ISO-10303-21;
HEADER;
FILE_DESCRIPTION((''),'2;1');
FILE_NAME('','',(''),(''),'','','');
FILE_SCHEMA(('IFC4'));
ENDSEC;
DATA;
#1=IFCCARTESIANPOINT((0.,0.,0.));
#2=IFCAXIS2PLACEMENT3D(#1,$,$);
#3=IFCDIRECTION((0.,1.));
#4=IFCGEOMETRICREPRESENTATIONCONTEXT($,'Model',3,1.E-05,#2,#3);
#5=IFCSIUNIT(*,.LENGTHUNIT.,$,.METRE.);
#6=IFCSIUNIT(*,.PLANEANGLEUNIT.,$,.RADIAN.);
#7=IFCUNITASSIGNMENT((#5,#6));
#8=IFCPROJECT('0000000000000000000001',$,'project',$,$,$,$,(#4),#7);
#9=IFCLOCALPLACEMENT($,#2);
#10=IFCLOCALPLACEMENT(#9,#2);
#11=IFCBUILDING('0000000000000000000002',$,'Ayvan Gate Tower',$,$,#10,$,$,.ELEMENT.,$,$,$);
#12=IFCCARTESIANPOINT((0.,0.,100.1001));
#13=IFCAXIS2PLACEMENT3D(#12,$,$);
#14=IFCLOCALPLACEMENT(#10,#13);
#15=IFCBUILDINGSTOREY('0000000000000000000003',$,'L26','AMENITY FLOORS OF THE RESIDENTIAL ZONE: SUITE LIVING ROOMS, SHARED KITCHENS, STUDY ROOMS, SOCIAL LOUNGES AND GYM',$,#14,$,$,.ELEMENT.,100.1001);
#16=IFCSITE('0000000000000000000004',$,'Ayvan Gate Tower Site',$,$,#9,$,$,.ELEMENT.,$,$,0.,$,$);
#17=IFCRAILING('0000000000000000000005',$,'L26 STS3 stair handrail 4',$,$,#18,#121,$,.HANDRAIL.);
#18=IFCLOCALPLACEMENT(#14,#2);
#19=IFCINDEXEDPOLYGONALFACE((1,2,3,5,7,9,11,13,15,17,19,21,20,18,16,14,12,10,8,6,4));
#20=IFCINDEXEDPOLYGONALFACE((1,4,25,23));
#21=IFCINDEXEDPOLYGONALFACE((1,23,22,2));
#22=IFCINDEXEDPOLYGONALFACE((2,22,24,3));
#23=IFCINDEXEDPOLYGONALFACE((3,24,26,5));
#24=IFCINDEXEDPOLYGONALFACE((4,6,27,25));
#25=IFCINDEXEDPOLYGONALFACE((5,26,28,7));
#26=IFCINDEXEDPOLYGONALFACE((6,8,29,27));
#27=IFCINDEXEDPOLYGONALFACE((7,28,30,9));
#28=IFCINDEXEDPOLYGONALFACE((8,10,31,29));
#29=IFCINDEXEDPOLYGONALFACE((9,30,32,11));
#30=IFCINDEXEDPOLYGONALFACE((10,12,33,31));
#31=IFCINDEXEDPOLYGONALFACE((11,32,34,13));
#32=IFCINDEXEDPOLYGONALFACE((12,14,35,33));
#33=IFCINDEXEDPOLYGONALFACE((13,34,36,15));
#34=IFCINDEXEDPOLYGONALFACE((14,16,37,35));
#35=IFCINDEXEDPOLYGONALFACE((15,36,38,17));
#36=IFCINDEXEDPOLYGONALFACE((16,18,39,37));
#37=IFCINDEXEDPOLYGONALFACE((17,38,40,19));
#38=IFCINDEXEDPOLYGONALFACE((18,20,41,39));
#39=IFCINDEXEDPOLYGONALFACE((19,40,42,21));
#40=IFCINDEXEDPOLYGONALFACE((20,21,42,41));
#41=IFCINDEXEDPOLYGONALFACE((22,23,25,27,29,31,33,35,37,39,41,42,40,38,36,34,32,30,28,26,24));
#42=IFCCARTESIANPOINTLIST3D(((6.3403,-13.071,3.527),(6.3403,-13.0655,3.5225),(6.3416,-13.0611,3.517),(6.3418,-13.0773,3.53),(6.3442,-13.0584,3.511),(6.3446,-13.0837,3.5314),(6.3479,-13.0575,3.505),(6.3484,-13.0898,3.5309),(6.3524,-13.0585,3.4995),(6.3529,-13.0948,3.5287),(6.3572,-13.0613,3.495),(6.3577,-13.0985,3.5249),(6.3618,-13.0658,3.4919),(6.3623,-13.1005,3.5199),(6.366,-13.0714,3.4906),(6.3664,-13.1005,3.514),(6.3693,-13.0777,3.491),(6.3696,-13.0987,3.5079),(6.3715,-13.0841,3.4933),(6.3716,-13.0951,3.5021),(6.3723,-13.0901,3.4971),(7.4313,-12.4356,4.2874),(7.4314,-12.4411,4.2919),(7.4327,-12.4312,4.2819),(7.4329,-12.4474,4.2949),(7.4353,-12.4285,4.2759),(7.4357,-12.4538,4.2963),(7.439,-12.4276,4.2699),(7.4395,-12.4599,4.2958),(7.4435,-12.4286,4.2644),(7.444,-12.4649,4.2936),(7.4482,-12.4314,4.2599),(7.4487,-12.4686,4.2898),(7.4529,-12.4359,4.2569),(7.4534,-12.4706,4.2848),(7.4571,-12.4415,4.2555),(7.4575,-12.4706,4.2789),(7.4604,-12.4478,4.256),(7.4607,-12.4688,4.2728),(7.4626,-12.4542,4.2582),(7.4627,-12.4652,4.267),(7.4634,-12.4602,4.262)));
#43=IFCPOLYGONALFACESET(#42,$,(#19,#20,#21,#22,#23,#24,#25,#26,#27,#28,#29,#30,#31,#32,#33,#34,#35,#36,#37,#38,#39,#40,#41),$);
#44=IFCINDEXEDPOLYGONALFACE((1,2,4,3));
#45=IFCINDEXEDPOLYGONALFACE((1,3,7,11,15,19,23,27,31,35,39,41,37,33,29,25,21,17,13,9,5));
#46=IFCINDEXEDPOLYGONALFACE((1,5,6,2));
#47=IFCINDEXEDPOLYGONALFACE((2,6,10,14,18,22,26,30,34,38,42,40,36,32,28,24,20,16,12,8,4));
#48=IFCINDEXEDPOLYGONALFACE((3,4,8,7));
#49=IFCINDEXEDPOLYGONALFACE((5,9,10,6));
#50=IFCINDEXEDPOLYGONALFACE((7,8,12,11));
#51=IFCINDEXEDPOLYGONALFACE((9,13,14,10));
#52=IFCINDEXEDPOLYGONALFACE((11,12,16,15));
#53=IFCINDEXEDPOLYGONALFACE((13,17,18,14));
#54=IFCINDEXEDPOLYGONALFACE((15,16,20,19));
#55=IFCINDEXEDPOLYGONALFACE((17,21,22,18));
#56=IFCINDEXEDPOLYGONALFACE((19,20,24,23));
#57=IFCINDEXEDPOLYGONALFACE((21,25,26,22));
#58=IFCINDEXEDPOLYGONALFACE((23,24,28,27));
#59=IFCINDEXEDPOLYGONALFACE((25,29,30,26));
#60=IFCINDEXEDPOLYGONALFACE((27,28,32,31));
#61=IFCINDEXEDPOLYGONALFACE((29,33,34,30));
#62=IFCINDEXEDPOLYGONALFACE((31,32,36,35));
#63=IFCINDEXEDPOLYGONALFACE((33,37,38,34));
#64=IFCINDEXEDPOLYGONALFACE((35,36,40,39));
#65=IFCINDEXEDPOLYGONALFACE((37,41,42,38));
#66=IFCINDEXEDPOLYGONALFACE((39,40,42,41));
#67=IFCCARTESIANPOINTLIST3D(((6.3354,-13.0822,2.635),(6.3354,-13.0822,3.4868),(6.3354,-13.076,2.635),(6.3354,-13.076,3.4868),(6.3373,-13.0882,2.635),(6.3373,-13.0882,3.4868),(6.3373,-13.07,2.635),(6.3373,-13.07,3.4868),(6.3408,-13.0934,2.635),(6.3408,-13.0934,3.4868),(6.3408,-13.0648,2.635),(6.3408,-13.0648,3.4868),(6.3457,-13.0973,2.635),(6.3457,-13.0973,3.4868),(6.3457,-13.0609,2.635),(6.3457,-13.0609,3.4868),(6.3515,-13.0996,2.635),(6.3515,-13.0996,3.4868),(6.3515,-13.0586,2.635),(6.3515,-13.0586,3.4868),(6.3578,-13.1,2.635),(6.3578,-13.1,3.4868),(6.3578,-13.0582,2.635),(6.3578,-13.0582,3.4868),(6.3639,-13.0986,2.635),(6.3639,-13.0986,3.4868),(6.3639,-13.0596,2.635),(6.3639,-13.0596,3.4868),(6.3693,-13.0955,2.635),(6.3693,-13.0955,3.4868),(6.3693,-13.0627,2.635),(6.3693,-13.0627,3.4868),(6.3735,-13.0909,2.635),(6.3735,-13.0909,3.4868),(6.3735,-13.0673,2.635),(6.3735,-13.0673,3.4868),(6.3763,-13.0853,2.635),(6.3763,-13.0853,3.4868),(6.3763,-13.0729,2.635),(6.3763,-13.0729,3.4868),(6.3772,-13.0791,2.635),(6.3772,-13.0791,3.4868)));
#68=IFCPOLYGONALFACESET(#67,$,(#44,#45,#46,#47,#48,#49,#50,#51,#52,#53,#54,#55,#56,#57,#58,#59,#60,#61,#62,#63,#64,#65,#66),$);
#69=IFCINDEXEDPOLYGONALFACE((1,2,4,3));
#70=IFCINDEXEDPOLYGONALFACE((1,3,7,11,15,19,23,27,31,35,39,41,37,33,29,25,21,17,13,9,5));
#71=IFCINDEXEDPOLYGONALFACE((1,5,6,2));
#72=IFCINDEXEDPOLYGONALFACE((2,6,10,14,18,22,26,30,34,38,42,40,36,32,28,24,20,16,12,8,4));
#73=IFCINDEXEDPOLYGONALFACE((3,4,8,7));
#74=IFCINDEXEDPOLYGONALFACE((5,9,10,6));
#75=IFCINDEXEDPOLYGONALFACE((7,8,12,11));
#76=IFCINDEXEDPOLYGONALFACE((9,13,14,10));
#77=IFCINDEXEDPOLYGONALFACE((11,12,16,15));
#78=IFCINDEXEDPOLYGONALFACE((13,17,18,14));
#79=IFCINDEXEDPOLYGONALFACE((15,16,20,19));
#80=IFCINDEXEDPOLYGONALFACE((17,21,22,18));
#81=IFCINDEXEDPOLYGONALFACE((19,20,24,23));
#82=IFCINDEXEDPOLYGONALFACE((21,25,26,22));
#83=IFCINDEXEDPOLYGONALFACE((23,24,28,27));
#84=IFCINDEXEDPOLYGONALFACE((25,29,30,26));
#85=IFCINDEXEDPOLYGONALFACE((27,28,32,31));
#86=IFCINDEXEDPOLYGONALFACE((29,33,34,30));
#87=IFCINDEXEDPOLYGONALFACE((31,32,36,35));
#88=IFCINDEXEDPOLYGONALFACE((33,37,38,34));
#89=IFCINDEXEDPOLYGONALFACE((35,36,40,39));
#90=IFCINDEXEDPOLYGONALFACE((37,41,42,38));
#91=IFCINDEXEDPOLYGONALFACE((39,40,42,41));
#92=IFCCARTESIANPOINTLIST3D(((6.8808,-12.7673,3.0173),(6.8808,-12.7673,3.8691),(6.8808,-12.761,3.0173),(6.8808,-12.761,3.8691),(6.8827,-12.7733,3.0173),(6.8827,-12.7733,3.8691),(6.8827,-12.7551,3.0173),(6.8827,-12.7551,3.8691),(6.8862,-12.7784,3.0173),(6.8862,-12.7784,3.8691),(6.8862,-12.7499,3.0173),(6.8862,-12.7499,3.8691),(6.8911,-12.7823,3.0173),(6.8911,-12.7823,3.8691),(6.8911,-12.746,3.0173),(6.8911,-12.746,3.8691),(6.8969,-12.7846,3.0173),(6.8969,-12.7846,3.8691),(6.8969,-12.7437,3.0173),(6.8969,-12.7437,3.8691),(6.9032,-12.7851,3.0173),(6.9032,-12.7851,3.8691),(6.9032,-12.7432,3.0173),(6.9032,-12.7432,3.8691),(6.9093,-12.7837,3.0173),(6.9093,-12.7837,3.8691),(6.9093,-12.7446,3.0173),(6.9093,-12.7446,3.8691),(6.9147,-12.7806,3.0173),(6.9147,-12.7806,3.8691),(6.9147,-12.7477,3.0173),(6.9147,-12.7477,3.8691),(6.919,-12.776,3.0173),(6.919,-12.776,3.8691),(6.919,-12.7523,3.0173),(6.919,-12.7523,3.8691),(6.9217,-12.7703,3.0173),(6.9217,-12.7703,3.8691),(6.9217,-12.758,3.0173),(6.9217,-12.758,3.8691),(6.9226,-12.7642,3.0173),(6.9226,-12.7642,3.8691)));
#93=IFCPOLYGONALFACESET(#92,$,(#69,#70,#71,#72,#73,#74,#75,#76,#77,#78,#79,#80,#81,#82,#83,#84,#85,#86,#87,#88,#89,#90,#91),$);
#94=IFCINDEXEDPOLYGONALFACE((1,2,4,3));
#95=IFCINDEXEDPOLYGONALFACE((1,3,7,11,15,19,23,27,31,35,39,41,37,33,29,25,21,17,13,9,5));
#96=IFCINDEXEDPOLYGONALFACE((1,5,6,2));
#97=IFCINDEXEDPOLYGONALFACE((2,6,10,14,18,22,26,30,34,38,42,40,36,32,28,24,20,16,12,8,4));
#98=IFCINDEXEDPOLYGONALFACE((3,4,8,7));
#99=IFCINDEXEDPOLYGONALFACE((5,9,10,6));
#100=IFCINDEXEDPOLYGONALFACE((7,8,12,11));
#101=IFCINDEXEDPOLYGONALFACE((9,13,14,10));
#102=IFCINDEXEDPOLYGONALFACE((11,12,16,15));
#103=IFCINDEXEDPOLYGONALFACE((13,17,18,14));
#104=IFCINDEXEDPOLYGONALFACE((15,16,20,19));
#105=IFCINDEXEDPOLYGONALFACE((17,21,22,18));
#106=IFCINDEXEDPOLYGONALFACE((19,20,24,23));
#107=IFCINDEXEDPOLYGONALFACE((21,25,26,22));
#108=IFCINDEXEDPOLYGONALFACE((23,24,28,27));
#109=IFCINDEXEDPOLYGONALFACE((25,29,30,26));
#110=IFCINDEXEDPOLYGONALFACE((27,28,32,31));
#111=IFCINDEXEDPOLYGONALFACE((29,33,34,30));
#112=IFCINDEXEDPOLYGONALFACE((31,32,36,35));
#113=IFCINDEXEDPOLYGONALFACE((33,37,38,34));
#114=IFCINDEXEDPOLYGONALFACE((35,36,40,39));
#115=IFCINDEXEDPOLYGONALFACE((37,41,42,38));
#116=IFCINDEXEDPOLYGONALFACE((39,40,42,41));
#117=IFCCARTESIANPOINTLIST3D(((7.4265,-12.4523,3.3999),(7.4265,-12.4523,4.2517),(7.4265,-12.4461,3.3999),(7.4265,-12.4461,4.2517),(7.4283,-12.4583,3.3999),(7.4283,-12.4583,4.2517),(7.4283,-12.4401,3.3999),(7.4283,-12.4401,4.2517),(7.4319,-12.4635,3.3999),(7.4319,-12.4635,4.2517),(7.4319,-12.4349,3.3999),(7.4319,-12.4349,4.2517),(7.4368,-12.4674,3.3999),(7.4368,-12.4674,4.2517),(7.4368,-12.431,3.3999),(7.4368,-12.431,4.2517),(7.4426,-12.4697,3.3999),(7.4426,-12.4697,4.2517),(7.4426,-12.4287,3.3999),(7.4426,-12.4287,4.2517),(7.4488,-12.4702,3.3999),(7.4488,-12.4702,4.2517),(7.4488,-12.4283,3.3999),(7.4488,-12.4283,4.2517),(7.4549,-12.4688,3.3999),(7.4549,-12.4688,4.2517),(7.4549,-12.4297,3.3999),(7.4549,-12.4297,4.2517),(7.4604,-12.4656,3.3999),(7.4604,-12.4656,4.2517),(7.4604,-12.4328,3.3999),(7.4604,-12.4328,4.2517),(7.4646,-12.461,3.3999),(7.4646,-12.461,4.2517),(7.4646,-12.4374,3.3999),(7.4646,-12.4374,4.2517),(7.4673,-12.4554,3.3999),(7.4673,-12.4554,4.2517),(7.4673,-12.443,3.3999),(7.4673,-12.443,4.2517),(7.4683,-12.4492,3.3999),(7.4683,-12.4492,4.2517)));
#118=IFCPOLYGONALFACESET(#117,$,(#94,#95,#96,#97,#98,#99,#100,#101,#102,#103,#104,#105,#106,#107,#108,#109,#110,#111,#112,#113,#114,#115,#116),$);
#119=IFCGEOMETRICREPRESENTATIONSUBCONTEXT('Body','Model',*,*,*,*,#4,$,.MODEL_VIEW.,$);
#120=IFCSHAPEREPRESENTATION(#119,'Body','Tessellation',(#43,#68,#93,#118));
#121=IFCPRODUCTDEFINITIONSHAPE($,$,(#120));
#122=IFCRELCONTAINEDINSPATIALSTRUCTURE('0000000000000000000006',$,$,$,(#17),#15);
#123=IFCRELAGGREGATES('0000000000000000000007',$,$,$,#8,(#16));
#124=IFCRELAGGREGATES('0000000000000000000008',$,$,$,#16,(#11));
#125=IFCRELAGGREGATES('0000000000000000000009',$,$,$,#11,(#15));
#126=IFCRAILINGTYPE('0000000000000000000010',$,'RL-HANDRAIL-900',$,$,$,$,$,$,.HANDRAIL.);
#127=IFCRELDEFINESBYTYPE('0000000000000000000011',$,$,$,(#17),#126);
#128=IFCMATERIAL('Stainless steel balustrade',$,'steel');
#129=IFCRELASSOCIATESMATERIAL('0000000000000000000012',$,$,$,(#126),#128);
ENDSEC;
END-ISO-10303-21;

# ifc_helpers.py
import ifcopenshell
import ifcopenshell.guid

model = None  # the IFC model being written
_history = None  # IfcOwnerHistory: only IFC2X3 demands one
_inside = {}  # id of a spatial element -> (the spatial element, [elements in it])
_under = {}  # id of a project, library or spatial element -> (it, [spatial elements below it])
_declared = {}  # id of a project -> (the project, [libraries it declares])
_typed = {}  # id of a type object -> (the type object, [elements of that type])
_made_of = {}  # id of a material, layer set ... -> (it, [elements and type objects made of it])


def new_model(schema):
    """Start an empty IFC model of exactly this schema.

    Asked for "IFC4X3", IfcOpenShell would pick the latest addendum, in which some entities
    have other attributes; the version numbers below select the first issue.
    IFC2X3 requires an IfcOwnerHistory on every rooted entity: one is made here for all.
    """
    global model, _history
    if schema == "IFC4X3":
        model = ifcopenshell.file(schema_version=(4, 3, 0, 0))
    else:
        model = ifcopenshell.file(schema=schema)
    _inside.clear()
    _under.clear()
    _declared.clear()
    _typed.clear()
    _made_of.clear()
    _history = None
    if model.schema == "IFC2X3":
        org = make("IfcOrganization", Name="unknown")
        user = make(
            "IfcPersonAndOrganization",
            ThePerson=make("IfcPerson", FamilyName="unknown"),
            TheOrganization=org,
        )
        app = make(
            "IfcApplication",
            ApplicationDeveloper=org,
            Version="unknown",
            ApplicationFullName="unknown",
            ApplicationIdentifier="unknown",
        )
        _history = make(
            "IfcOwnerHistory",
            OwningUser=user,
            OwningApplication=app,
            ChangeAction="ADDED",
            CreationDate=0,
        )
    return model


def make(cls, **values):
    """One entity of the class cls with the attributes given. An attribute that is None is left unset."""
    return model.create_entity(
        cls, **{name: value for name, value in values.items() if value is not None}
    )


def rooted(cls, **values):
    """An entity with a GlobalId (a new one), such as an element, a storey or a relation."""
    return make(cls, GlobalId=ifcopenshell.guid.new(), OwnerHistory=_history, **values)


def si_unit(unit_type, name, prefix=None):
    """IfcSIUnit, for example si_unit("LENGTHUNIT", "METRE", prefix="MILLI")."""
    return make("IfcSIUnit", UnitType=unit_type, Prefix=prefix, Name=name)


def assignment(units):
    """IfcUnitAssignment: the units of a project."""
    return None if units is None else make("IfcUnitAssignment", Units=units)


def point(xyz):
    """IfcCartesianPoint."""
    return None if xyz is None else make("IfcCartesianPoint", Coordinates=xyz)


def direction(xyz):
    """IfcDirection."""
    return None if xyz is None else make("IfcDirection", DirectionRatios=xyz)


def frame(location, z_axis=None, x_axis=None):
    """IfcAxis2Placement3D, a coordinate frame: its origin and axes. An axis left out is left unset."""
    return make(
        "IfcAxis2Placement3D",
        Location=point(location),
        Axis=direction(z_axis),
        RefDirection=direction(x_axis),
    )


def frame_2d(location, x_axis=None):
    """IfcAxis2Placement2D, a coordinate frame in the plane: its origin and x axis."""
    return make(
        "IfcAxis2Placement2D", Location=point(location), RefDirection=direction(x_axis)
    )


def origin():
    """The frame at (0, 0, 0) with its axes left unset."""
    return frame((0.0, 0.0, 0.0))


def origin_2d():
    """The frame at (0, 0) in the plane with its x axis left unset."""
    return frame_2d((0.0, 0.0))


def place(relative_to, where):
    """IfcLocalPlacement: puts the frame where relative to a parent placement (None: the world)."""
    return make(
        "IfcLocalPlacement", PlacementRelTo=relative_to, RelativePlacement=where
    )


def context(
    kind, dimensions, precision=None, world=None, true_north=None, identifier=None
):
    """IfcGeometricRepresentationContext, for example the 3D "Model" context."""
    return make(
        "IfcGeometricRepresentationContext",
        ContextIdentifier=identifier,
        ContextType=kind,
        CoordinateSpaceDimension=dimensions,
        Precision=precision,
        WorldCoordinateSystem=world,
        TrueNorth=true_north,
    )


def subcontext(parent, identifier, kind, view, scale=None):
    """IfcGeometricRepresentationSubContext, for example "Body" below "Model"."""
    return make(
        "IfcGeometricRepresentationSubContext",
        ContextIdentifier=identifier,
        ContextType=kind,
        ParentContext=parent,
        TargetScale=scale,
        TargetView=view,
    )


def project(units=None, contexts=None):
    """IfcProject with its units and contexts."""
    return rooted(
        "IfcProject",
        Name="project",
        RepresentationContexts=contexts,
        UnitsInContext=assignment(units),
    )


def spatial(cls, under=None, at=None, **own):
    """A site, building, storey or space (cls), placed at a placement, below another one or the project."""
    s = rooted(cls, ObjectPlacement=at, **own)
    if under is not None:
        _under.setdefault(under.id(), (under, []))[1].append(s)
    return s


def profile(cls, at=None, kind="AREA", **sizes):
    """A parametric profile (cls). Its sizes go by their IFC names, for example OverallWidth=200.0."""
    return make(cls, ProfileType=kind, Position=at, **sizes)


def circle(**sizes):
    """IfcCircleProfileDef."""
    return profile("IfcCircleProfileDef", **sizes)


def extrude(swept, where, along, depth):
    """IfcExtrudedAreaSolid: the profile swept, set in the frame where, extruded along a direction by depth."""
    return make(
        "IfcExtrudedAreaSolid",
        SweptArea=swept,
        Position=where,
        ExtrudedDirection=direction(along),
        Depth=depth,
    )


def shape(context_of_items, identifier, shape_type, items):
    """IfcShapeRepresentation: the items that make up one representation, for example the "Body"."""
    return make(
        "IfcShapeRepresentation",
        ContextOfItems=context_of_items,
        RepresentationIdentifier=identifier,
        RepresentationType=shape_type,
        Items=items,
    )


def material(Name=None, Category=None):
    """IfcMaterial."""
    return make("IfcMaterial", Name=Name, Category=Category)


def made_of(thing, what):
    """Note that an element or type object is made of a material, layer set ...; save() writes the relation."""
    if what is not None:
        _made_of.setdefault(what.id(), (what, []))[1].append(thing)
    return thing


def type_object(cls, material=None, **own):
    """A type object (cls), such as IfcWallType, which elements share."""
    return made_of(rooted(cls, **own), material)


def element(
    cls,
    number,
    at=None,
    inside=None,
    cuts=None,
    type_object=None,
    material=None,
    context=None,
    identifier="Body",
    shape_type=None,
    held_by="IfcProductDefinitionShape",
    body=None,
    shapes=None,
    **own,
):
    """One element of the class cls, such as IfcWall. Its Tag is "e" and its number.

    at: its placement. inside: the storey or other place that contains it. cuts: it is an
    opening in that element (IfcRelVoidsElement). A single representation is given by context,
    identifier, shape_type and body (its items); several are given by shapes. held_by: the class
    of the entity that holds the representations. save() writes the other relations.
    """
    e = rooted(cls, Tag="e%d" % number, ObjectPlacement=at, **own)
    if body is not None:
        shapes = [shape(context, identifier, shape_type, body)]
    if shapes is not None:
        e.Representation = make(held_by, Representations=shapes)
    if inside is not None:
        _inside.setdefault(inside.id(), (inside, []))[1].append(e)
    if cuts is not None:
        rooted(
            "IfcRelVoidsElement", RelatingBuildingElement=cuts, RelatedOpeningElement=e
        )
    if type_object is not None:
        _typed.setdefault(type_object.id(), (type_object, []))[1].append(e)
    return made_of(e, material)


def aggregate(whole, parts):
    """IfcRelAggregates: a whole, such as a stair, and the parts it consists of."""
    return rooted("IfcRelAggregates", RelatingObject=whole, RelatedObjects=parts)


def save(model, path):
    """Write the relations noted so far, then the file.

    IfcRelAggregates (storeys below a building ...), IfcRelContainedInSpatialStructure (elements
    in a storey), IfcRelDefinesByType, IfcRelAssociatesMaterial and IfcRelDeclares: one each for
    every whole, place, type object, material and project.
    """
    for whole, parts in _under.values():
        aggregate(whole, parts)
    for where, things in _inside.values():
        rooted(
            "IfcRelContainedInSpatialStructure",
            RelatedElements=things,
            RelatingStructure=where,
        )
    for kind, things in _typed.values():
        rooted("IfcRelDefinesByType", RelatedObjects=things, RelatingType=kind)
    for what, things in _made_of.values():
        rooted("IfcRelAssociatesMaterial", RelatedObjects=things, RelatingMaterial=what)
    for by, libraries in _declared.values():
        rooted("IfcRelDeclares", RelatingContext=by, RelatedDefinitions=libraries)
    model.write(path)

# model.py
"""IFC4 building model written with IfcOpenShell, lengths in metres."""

from ifc_helpers import new_model, si_unit, direction, frame, origin, origin_2d, place, context, subcontext, project, spatial, circle, extrude, material, type_object, element, save


model = new_model("IFC4")

# Units and contexts
model_context = context("Model", 3, precision=1e-05, world=origin(), true_north=direction((0.0, 1.0)))
body_context = subcontext(model_context, "Body", "Model", "MODEL_VIEW")
ifc_project = project(units=[si_unit("LENGTHUNIT", "METRE"), si_unit("PLANEANGLEUNIT", "RADIAN")], contexts=[model_context])

# Site, building, storey
site_placement = place(None, origin())
site = spatial("IfcSite", under=ifc_project, at=site_placement, Name="Ayvan Gate Tower Site", CompositionType="ELEMENT", RefElevation=0.0)
building_placement = place(site_placement, origin())
building = spatial("IfcBuilding", under=site, at=building_placement, Name="Ayvan Gate Tower", CompositionType="ELEMENT")
storey_placement = place(building_placement, frame((0.0, 0.0, 100.1001)))
storey = spatial("IfcBuildingStorey", under=building, at=storey_placement, Name="L26", Description="AMENITY FLOORS OF THE RESIDENTIAL ZONE: SUITE LIVING ROOMS, SHARED KITCHENS, STUDY ROOMS, SOCIAL LOUNGES AND GYM", CompositionType="ELEMENT", Elevation=100.1001)

# Railing
ifc_material_1 = material(Name="Stainless steel balustrade", Category="steel")
railing_type_1 = type_object("IfcRailingType", Name="RL-HANDRAIL-900", PredefinedType="HANDRAIL", material=ifc_material_1)
railing_1_placement = place(storey_placement, frame((6.3562, -13.0791, 2.635)))
element("IfcRailing", 1, at=railing_1_placement, inside=storey, type_object=railing_type_1, Name="L26 STS3 stair handrail 4", PredefinedType="HANDRAIL", context=body_context, shape_type="SweptSolid", body=[
    extrude(circle(Radius=0.0239, at=origin_2d()), frame((0.0, 0.0, 0.876), z_axis=(0.740282, 0.427372, 0.518976), x_axis=(-0.499974, 0.86604, 0.0)), (0.0, 0.0, 1.0), 1.4739),
    extrude(circle(Radius=0.021, at=origin_2d()), origin(), (0.0, 0.0, 1.0), 0.8518),
    extrude(circle(Radius=0.021, at=origin_2d()), frame((0.5454, 0.3149, 0.3823)), (0.0, 0.0, 1.0), 0.8518),
    extrude(circle(Radius=0.021, at=origin_2d()), frame((1.0911, 0.6299, 0.7649)), (0.0, 0.0, 1.0), 0.8518),
])

save(model, "model.ifc")
